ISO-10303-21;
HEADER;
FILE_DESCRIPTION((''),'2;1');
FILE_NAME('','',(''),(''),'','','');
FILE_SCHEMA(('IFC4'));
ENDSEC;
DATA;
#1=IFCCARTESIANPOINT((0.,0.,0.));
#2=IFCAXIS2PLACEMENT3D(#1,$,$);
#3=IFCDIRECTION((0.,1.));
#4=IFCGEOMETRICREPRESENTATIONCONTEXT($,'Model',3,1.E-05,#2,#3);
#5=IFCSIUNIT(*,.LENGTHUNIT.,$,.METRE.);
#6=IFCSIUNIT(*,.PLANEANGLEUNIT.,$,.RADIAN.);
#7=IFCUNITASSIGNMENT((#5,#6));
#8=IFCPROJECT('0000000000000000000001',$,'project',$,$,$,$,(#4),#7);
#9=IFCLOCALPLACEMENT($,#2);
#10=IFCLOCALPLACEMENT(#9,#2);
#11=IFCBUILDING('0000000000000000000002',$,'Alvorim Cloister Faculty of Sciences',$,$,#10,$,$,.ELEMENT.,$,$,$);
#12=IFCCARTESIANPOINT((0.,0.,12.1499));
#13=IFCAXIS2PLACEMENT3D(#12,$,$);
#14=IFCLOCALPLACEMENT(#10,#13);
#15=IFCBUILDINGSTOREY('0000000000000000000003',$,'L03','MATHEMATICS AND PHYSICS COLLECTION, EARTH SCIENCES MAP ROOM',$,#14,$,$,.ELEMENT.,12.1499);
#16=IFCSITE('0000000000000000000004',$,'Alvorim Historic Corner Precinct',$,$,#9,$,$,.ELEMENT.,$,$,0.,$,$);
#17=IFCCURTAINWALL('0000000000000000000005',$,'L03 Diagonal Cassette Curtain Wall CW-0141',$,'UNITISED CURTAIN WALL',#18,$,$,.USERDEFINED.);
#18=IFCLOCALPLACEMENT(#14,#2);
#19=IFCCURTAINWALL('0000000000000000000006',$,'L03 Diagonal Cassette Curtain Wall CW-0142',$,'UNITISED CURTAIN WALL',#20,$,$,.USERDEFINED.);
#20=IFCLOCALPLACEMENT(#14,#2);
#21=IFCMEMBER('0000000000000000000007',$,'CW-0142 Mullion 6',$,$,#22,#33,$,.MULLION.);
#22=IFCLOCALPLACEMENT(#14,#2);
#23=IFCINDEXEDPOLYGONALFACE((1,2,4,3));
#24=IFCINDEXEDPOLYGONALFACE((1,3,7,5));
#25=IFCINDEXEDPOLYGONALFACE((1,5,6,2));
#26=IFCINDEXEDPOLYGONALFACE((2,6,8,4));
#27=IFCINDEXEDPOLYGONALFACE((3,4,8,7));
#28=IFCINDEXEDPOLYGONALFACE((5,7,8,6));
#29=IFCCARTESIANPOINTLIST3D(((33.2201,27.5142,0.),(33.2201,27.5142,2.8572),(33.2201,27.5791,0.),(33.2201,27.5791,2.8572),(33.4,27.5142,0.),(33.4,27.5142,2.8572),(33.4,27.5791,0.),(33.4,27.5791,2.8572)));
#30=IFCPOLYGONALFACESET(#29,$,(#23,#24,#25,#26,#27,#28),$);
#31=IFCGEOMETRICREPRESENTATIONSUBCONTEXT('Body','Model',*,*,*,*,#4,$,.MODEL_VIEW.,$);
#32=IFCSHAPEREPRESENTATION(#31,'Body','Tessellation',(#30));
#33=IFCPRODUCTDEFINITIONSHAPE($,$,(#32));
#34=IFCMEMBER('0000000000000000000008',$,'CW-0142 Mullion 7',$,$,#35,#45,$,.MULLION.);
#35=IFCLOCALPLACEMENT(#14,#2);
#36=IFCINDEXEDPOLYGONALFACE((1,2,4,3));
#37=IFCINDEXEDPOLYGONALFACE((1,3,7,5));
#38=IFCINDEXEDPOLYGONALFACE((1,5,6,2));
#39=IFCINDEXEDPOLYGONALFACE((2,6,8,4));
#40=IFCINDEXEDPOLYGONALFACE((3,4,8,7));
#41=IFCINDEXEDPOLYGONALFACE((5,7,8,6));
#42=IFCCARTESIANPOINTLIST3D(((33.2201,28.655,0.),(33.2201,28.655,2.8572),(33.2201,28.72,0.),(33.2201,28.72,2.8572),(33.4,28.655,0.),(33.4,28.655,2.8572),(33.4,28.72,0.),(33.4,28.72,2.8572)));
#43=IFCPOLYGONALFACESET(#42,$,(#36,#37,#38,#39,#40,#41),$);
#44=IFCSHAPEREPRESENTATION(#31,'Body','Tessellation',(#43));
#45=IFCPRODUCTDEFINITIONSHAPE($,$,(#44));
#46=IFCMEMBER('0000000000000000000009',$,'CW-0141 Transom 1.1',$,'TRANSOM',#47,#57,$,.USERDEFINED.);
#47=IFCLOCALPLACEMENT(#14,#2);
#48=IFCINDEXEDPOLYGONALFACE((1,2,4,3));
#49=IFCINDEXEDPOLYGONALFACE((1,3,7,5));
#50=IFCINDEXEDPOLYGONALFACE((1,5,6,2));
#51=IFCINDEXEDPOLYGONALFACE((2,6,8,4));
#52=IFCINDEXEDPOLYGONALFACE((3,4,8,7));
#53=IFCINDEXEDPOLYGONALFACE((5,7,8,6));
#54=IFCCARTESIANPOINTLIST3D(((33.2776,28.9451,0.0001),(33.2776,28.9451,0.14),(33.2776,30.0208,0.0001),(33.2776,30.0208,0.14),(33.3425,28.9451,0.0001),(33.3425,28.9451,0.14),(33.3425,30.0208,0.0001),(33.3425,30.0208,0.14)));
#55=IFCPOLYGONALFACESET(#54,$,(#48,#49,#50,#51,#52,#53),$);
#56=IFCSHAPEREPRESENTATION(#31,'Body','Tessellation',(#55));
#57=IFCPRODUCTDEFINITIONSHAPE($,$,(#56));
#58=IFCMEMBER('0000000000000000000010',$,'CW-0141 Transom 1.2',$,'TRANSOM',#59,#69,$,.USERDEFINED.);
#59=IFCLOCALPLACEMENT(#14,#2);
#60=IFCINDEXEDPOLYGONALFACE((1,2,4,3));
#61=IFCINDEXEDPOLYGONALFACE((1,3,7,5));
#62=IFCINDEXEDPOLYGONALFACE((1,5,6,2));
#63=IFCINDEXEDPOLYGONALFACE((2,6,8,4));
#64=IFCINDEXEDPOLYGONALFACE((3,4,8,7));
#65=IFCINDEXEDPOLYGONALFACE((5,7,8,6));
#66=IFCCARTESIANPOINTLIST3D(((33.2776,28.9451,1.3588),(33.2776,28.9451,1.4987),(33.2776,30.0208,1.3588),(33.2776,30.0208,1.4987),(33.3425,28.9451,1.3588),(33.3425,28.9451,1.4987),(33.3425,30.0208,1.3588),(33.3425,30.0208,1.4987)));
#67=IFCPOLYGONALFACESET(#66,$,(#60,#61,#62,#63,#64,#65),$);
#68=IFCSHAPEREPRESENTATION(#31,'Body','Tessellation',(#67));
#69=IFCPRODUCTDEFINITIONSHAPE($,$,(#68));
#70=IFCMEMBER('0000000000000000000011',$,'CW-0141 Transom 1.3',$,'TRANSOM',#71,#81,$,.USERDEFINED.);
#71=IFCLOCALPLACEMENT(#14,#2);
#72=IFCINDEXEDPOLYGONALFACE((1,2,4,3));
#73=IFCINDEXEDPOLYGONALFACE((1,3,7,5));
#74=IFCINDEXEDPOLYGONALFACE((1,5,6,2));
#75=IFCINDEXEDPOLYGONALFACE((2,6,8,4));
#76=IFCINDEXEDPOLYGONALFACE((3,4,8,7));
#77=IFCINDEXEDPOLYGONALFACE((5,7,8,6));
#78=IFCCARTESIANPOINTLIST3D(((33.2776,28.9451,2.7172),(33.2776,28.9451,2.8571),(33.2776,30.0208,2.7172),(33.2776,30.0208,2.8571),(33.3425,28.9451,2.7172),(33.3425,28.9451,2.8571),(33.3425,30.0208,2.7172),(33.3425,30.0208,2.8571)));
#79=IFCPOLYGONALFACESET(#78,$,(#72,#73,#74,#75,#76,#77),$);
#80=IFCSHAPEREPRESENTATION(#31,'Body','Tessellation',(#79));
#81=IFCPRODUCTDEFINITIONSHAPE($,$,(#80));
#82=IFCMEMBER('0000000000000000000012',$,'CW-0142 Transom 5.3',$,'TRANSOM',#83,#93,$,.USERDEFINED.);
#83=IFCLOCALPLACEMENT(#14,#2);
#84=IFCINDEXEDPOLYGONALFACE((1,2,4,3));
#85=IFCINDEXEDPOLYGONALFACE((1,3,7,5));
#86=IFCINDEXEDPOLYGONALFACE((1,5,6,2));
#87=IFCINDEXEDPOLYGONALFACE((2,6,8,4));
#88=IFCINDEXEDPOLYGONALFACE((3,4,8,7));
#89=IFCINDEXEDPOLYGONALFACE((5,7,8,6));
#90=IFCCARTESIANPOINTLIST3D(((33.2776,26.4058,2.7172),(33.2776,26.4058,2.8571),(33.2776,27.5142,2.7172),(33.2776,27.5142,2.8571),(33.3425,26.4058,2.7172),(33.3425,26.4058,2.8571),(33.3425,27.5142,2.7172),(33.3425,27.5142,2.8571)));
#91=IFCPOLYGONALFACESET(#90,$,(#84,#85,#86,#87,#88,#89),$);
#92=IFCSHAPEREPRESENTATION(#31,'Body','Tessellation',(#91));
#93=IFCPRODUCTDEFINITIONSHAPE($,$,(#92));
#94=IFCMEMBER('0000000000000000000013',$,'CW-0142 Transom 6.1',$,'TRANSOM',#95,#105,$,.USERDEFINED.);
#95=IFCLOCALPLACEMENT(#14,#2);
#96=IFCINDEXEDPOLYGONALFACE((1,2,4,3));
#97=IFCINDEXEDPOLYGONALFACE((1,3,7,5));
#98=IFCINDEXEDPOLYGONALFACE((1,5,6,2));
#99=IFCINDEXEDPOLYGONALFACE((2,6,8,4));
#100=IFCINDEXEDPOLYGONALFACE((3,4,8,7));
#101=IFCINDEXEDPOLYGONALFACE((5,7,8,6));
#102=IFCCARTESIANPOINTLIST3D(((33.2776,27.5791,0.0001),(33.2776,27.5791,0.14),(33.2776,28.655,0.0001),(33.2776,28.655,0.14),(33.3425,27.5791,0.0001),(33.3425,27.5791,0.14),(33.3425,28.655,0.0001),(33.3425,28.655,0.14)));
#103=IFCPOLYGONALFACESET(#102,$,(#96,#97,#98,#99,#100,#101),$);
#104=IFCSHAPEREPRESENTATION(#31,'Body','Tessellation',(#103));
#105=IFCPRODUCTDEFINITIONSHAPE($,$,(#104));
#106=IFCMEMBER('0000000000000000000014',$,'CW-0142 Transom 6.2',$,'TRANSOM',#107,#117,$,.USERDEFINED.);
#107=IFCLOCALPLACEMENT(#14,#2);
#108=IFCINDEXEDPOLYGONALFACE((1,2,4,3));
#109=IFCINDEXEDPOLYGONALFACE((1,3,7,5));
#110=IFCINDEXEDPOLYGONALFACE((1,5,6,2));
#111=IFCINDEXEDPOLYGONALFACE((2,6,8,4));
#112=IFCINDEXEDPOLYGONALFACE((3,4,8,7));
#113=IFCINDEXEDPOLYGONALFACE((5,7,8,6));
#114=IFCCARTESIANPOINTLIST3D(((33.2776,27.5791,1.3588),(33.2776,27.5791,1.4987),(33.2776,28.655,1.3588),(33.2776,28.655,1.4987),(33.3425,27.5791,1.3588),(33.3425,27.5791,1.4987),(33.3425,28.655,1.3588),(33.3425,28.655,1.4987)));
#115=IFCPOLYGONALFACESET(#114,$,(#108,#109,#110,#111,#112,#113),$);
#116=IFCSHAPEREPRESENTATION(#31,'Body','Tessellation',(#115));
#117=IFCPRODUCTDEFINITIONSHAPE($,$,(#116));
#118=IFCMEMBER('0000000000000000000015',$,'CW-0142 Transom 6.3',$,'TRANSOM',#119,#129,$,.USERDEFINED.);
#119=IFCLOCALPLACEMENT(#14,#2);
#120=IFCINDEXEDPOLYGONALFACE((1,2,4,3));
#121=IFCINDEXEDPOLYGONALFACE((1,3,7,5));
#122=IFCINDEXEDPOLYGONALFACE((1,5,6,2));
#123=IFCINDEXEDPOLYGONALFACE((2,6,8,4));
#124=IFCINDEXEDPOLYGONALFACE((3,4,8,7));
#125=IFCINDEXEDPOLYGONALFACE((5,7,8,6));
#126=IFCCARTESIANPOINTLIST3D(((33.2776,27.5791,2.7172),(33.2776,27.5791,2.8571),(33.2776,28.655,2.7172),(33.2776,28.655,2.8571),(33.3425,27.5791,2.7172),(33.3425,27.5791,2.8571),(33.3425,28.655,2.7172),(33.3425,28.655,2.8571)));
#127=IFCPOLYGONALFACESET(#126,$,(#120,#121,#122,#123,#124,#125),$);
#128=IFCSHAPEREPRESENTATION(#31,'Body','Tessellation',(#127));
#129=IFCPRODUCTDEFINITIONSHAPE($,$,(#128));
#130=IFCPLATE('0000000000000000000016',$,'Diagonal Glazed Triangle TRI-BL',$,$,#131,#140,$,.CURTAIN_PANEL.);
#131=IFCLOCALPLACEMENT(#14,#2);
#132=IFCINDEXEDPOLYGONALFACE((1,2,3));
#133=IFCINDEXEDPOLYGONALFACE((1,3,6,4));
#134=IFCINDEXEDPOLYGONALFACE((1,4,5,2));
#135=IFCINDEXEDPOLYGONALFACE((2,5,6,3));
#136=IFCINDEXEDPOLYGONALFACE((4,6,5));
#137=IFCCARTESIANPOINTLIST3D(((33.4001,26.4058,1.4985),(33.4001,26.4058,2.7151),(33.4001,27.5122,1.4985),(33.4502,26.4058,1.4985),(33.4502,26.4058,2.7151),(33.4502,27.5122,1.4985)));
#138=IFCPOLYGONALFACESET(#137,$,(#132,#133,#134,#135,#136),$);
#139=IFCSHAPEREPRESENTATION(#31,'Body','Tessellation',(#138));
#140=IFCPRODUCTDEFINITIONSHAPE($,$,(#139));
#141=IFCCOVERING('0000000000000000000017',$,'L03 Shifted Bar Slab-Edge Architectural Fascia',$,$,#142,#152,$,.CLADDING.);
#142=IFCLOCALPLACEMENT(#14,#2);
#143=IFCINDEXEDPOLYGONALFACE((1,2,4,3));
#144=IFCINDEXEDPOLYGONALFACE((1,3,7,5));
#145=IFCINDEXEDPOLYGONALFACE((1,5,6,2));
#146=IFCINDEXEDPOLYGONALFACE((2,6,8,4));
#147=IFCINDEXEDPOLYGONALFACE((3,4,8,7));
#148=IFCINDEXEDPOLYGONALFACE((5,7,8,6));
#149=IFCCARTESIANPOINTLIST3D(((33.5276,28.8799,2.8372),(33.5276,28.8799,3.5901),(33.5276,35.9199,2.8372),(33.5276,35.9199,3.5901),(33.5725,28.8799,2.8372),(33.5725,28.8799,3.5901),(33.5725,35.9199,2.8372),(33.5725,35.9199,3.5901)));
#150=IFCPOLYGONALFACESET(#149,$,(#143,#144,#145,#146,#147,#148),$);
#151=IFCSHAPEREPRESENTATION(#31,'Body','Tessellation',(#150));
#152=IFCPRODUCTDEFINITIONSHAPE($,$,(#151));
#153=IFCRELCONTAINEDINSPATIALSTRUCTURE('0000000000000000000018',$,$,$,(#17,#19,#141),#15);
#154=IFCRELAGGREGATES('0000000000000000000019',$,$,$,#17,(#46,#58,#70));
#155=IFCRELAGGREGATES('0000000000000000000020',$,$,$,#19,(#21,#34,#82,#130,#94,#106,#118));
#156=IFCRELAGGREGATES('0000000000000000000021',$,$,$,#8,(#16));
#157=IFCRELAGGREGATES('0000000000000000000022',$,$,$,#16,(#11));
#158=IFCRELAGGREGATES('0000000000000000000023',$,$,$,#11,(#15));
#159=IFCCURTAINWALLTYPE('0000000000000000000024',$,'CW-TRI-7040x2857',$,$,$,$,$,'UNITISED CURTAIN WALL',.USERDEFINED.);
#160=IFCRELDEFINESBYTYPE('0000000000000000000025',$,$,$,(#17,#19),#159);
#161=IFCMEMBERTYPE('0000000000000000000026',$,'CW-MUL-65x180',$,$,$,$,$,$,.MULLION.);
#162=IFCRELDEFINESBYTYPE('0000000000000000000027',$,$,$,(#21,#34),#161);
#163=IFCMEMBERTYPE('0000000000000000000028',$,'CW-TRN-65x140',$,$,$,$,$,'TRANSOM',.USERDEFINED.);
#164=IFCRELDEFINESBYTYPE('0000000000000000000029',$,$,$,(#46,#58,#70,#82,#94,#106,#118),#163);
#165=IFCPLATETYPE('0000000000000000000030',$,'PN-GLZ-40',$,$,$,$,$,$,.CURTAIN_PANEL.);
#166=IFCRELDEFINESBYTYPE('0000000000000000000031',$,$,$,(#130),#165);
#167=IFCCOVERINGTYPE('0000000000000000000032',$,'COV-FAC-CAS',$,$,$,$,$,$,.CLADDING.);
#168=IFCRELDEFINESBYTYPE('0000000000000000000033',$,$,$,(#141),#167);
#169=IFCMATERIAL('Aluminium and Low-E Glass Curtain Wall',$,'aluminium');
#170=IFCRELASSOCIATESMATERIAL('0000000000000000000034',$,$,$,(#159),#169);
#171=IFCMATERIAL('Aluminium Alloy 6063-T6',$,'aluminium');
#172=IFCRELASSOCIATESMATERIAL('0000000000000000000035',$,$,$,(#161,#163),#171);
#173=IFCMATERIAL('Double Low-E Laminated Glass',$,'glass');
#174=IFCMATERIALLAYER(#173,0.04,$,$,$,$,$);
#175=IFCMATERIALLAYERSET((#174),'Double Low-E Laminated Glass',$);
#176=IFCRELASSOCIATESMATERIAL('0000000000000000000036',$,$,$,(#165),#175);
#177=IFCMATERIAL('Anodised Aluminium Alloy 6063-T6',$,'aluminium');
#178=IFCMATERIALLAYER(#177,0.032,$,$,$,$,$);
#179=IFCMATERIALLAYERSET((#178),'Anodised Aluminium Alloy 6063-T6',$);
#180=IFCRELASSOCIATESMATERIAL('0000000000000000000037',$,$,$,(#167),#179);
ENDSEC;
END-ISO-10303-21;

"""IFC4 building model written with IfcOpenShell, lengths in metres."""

from ifc_helpers import new_model, si_unit, direction, frame, origin, origin_2d, place, context, subcontext, project, spatial, polyline, rectangle, outline, extrude, material, layer, layer_set, material_profile, profile_set, type_object, element, aggregate, save


model = new_model("IFC4")

# Units and contexts
model_context = context("Model", 3, precision=1e-05, world=origin(), true_north=direction((0.0, 1.0)))
body_context = subcontext(model_context, "Body", "Model", "MODEL_VIEW")
ifc_project = project(units=[si_unit("LENGTHUNIT", "METRE"), si_unit("PLANEANGLEUNIT", "RADIAN")], contexts=[model_context])

# Site, building, storey
site_placement = place(None, origin())
site = spatial("IfcSite", under=ifc_project, at=site_placement, Name="Alvorim Historic Corner Precinct", CompositionType="ELEMENT", RefElevation=0.0)
building_placement = place(site_placement, origin())
building = spatial("IfcBuilding", under=site, at=building_placement, Name="Alvorim Cloister Faculty of Sciences", CompositionType="ELEMENT")
storey_placement = place(building_placement, frame((0.0, 0.0, 12.1499)))
storey = spatial("IfcBuildingStorey", under=building, at=storey_placement, Name="L03", Description="MATHEMATICS AND PHYSICS COLLECTION, EARTH SCIENCES MAP ROOM", CompositionType="ELEMENT", Elevation=12.1499)

# Curtain wall
ifc_material_1 = material(Name="Aluminium and Low-E Glass Curtain Wall", Category="aluminium")
curtain_wall_type = type_object("IfcCurtainWallType", Name="CW-TRI-7040x2857", ElementType="UNITISED CURTAIN WALL", PredefinedType="USERDEFINED", material=ifc_material_1)
curtain_wall_1_placement = place(storey_placement, origin())
curtain_wall_1 = element("IfcCurtainWall", 1, at=curtain_wall_1_placement, inside=storey, type_object=curtain_wall_type, Name="L03 Diagonal Cassette Curtain Wall CW-0141", ObjectType="UNITISED CURTAIN WALL", PredefinedType="USERDEFINED")
ifc_material_2 = material(Name="Aluminium Alloy 6063-T6", Category="aluminium")
ifc_material_profile_1 = material_profile(ifc_material_2, rectangle(XDim=0.0649, YDim=0.1799, at=origin_2d()), Name="ALU-MUL-65x180")
ifc_profile_set_1 = profile_set([ifc_material_profile_1], Name="Aluminium Alloy 6063-T6")
member_type_1 = type_object("IfcMemberType", Name="CW-MUL-65x180", PredefinedType="MULLION", material=ifc_profile_set_1)

# Curtain wall, members
curtain_wall_2_placement = place(storey_placement, origin())
curtain_wall_2 = element("IfcCurtainWall", 2, at=curtain_wall_2_placement, inside=storey, type_object=curtain_wall_type, Name="L03 Diagonal Cassette Curtain Wall CW-0142", ObjectType="UNITISED CURTAIN WALL", PredefinedType="USERDEFINED")
member_1_placement = place(storey_placement, frame((33.3101, 27.5466, 0.0), z_axis=(0.0, 0.0, 1.0), x_axis=(0.0, 1.0, 0.0)))
member_1 = element("IfcMember", 3, at=member_1_placement, type_object=member_type_1, Name="CW-0142 Mullion 6", PredefinedType="MULLION", context=body_context, shape_type="SweptSolid", body=[
    extrude(rectangle(XDim=0.0649, YDim=0.1799, at=origin_2d()), origin(), (0.0, 0.0, 1.0), 2.8572),
])
member_2_placement = place(storey_placement, frame((33.3101, 28.6875, 0.0), z_axis=(0.0, 0.0, 1.0), x_axis=(0.0, 1.0, 0.0)))
member_2 = element("IfcMember", 4, at=member_2_placement, type_object=member_type_1, Name="CW-0142 Mullion 7", PredefinedType="MULLION", context=body_context, shape_type="SweptSolid", body=[
    extrude(rectangle(XDim=0.0649, YDim=0.1799, at=origin_2d()), origin(), (0.0, 0.0, 1.0), 2.8572),
])

# Members
ifc_material_profile_2 = material_profile(ifc_material_2, rectangle(XDim=0.0649, YDim=0.1399, at=origin_2d()), Name="ALU-TRN-65x140")
ifc_profile_set_2 = profile_set([ifc_material_profile_2], Name="Aluminium Alloy 6063-T6")
member_type_2 = type_object("IfcMemberType", Name="CW-TRN-65x140", ElementType="TRANSOM", PredefinedType="USERDEFINED", material=ifc_profile_set_2)
member_3_placement = place(storey_placement, frame((33.3101, 28.9451, 0.0701), z_axis=(0.0, 1.0, 0.0), x_axis=(-1.0, 0.0, 0.0)))
member_3 = element("IfcMember", 5, at=member_3_placement, type_object=member_type_2, Name="CW-0141 Transom 1.1", ObjectType="TRANSOM", PredefinedType="USERDEFINED", context=body_context, shape_type="SweptSolid", body=[
    extrude(rectangle(XDim=0.0649, YDim=0.1399, at=origin_2d()), origin(), (0.0, 0.0, 1.0), 1.0757),
])
member_4_placement = place(storey_placement, frame((33.3101, 28.9451, 1.4287), z_axis=(0.0, 1.0, 0.0), x_axis=(-1.0, 0.0, 0.0)))
member_4 = element("IfcMember", 6, at=member_4_placement, type_object=member_type_2, Name="CW-0141 Transom 1.2", ObjectType="TRANSOM", PredefinedType="USERDEFINED", context=body_context, shape_type="SweptSolid", body=[
    extrude(rectangle(XDim=0.0649, YDim=0.1399, at=origin_2d()), origin(), (0.0, 0.0, 1.0), 1.0757),
])
member_5_placement = place(storey_placement, frame((33.3101, 28.9451, 2.7871), z_axis=(0.0, 1.0, 0.0), x_axis=(-1.0, 0.0, 0.0)))
member_5 = element("IfcMember", 7, at=member_5_placement, type_object=member_type_2, Name="CW-0141 Transom 1.3", ObjectType="TRANSOM", PredefinedType="USERDEFINED", context=body_context, shape_type="SweptSolid", body=[
    extrude(rectangle(XDim=0.0649, YDim=0.1399, at=origin_2d()), origin(), (0.0, 0.0, 1.0), 1.0757),
])
member_6_placement = place(storey_placement, frame((33.3101, 26.4058, 2.7871), z_axis=(0.0, 1.0, 0.0), x_axis=(-1.0, 0.0, 0.0)))
member_6 = element("IfcMember", 8, at=member_6_placement, type_object=member_type_2, Name="CW-0142 Transom 5.3", ObjectType="TRANSOM", PredefinedType="USERDEFINED", context=body_context, shape_type="SweptSolid", body=[
    extrude(rectangle(XDim=0.0649, YDim=0.1399, at=origin_2d()), origin(), (0.0, 0.0, 1.0), 1.1084),
])
member_7_placement = place(storey_placement, frame((33.3101, 27.5791, 0.0701), z_axis=(0.0, 1.0, 0.0), x_axis=(-1.0, 0.0, 0.0)))
member_7 = element("IfcMember", 9, at=member_7_placement, type_object=member_type_2, Name="CW-0142 Transom 6.1", ObjectType="TRANSOM", PredefinedType="USERDEFINED", context=body_context, shape_type="SweptSolid", body=[
    extrude(rectangle(XDim=0.0649, YDim=0.1399, at=origin_2d()), origin(), (0.0, 0.0, 1.0), 1.0759),
])
member_8_placement = place(storey_placement, frame((33.3101, 27.5791, 1.4287), z_axis=(0.0, 1.0, 0.0), x_axis=(-1.0, 0.0, 0.0)))
member_8 = element("IfcMember", 10, at=member_8_placement, type_object=member_type_2, Name="CW-0142 Transom 6.2", ObjectType="TRANSOM", PredefinedType="USERDEFINED", context=body_context, shape_type="SweptSolid", body=[
    extrude(rectangle(XDim=0.0649, YDim=0.1399, at=origin_2d()), origin(), (0.0, 0.0, 1.0), 1.0759),
])
member_9_placement = place(storey_placement, frame((33.3101, 27.5791, 2.7871), z_axis=(0.0, 1.0, 0.0), x_axis=(-1.0, 0.0, 0.0)))
member_9 = element("IfcMember", 11, at=member_9_placement, type_object=member_type_2, Name="CW-0142 Transom 6.3", ObjectType="TRANSOM", PredefinedType="USERDEFINED", context=body_context, shape_type="SweptSolid", body=[
    extrude(rectangle(XDim=0.0649, YDim=0.1399, at=origin_2d()), origin(), (0.0, 0.0, 1.0), 1.0759),
])

# Plate
ifc_material_3 = material(Name="Double Low-E Laminated Glass", Category="glass")
ifc_layer_1 = layer(ifc_material_3, 0.04)
ifc_layer_set_1 = layer_set([ifc_layer_1], Name="Double Low-E Laminated Glass")
plate_type = type_object("IfcPlateType", Name="PN-GLZ-40", PredefinedType="CURTAIN_PANEL", material=ifc_layer_set_1)
aggregate(curtain_wall_1, [member_3, member_4, member_5])
plate_1_placement = place(storey_placement, frame((33.425, 26.4058, 1.4985), z_axis=(0.0, 0.0, 1.0), x_axis=(0.0, 1.0, 0.0)))
plate_1 = element("IfcPlate", 12, at=plate_1_placement, type_object=plate_type, Name="Diagonal Glazed Triangle TRI-BL", PredefinedType="CURTAIN_PANEL", context=body_context, shape_type="SweptSolid", body=[
    extrude(outline(polyline([(0.0, 0.0), (1.1064, 0.0), (0.0, 1.2166), (0.0, 0.0)])), frame((0.0, 0.0249, 0.0), z_axis=(0.0, -1.0, 0.0), x_axis=(1.0, 0.0, 0.0)), (0.0, 0.0, 1.0), 0.05),
])
aggregate(curtain_wall_2, [member_1, member_2, member_6, plate_1, member_7, member_8, member_9])

# Covering
ifc_material_4 = material(Name="Anodised Aluminium Alloy 6063-T6", Category="aluminium")
ifc_layer_2 = layer(ifc_material_4, 0.032)
ifc_layer_set_2 = layer_set([ifc_layer_2], Name="Anodised Aluminium Alloy 6063-T6")
covering_type = type_object("IfcCoveringType", Name="COV-FAC-CAS", PredefinedType="CLADDING", material=ifc_layer_set_2)
covering_placement = place(storey_placement, frame((33.55, 28.8799, 2.8372), z_axis=(0.0, 0.0, 1.0), x_axis=(0.0, 1.0, 0.0)))
element("IfcCovering", 13, at=covering_placement, inside=storey, type_object=covering_type, Name="L03 Shifted Bar Slab-Edge Architectural Fascia", PredefinedType="CLADDING", context=body_context, shape_type="SweptSolid", body=[
    extrude(outline(polyline([(0.0, 0.0), (7.04, 0.0), (7.04, 0.7529), (0.0, 0.7529), (0.0, 0.0)])), frame((0.0, 0.0225, 0.0), z_axis=(0.0, -1.0, 0.0), x_axis=(1.0, 0.0, 0.0)), (0.0, 0.0, 1.0), 0.0449),
])

save(model, "model.ifc")
